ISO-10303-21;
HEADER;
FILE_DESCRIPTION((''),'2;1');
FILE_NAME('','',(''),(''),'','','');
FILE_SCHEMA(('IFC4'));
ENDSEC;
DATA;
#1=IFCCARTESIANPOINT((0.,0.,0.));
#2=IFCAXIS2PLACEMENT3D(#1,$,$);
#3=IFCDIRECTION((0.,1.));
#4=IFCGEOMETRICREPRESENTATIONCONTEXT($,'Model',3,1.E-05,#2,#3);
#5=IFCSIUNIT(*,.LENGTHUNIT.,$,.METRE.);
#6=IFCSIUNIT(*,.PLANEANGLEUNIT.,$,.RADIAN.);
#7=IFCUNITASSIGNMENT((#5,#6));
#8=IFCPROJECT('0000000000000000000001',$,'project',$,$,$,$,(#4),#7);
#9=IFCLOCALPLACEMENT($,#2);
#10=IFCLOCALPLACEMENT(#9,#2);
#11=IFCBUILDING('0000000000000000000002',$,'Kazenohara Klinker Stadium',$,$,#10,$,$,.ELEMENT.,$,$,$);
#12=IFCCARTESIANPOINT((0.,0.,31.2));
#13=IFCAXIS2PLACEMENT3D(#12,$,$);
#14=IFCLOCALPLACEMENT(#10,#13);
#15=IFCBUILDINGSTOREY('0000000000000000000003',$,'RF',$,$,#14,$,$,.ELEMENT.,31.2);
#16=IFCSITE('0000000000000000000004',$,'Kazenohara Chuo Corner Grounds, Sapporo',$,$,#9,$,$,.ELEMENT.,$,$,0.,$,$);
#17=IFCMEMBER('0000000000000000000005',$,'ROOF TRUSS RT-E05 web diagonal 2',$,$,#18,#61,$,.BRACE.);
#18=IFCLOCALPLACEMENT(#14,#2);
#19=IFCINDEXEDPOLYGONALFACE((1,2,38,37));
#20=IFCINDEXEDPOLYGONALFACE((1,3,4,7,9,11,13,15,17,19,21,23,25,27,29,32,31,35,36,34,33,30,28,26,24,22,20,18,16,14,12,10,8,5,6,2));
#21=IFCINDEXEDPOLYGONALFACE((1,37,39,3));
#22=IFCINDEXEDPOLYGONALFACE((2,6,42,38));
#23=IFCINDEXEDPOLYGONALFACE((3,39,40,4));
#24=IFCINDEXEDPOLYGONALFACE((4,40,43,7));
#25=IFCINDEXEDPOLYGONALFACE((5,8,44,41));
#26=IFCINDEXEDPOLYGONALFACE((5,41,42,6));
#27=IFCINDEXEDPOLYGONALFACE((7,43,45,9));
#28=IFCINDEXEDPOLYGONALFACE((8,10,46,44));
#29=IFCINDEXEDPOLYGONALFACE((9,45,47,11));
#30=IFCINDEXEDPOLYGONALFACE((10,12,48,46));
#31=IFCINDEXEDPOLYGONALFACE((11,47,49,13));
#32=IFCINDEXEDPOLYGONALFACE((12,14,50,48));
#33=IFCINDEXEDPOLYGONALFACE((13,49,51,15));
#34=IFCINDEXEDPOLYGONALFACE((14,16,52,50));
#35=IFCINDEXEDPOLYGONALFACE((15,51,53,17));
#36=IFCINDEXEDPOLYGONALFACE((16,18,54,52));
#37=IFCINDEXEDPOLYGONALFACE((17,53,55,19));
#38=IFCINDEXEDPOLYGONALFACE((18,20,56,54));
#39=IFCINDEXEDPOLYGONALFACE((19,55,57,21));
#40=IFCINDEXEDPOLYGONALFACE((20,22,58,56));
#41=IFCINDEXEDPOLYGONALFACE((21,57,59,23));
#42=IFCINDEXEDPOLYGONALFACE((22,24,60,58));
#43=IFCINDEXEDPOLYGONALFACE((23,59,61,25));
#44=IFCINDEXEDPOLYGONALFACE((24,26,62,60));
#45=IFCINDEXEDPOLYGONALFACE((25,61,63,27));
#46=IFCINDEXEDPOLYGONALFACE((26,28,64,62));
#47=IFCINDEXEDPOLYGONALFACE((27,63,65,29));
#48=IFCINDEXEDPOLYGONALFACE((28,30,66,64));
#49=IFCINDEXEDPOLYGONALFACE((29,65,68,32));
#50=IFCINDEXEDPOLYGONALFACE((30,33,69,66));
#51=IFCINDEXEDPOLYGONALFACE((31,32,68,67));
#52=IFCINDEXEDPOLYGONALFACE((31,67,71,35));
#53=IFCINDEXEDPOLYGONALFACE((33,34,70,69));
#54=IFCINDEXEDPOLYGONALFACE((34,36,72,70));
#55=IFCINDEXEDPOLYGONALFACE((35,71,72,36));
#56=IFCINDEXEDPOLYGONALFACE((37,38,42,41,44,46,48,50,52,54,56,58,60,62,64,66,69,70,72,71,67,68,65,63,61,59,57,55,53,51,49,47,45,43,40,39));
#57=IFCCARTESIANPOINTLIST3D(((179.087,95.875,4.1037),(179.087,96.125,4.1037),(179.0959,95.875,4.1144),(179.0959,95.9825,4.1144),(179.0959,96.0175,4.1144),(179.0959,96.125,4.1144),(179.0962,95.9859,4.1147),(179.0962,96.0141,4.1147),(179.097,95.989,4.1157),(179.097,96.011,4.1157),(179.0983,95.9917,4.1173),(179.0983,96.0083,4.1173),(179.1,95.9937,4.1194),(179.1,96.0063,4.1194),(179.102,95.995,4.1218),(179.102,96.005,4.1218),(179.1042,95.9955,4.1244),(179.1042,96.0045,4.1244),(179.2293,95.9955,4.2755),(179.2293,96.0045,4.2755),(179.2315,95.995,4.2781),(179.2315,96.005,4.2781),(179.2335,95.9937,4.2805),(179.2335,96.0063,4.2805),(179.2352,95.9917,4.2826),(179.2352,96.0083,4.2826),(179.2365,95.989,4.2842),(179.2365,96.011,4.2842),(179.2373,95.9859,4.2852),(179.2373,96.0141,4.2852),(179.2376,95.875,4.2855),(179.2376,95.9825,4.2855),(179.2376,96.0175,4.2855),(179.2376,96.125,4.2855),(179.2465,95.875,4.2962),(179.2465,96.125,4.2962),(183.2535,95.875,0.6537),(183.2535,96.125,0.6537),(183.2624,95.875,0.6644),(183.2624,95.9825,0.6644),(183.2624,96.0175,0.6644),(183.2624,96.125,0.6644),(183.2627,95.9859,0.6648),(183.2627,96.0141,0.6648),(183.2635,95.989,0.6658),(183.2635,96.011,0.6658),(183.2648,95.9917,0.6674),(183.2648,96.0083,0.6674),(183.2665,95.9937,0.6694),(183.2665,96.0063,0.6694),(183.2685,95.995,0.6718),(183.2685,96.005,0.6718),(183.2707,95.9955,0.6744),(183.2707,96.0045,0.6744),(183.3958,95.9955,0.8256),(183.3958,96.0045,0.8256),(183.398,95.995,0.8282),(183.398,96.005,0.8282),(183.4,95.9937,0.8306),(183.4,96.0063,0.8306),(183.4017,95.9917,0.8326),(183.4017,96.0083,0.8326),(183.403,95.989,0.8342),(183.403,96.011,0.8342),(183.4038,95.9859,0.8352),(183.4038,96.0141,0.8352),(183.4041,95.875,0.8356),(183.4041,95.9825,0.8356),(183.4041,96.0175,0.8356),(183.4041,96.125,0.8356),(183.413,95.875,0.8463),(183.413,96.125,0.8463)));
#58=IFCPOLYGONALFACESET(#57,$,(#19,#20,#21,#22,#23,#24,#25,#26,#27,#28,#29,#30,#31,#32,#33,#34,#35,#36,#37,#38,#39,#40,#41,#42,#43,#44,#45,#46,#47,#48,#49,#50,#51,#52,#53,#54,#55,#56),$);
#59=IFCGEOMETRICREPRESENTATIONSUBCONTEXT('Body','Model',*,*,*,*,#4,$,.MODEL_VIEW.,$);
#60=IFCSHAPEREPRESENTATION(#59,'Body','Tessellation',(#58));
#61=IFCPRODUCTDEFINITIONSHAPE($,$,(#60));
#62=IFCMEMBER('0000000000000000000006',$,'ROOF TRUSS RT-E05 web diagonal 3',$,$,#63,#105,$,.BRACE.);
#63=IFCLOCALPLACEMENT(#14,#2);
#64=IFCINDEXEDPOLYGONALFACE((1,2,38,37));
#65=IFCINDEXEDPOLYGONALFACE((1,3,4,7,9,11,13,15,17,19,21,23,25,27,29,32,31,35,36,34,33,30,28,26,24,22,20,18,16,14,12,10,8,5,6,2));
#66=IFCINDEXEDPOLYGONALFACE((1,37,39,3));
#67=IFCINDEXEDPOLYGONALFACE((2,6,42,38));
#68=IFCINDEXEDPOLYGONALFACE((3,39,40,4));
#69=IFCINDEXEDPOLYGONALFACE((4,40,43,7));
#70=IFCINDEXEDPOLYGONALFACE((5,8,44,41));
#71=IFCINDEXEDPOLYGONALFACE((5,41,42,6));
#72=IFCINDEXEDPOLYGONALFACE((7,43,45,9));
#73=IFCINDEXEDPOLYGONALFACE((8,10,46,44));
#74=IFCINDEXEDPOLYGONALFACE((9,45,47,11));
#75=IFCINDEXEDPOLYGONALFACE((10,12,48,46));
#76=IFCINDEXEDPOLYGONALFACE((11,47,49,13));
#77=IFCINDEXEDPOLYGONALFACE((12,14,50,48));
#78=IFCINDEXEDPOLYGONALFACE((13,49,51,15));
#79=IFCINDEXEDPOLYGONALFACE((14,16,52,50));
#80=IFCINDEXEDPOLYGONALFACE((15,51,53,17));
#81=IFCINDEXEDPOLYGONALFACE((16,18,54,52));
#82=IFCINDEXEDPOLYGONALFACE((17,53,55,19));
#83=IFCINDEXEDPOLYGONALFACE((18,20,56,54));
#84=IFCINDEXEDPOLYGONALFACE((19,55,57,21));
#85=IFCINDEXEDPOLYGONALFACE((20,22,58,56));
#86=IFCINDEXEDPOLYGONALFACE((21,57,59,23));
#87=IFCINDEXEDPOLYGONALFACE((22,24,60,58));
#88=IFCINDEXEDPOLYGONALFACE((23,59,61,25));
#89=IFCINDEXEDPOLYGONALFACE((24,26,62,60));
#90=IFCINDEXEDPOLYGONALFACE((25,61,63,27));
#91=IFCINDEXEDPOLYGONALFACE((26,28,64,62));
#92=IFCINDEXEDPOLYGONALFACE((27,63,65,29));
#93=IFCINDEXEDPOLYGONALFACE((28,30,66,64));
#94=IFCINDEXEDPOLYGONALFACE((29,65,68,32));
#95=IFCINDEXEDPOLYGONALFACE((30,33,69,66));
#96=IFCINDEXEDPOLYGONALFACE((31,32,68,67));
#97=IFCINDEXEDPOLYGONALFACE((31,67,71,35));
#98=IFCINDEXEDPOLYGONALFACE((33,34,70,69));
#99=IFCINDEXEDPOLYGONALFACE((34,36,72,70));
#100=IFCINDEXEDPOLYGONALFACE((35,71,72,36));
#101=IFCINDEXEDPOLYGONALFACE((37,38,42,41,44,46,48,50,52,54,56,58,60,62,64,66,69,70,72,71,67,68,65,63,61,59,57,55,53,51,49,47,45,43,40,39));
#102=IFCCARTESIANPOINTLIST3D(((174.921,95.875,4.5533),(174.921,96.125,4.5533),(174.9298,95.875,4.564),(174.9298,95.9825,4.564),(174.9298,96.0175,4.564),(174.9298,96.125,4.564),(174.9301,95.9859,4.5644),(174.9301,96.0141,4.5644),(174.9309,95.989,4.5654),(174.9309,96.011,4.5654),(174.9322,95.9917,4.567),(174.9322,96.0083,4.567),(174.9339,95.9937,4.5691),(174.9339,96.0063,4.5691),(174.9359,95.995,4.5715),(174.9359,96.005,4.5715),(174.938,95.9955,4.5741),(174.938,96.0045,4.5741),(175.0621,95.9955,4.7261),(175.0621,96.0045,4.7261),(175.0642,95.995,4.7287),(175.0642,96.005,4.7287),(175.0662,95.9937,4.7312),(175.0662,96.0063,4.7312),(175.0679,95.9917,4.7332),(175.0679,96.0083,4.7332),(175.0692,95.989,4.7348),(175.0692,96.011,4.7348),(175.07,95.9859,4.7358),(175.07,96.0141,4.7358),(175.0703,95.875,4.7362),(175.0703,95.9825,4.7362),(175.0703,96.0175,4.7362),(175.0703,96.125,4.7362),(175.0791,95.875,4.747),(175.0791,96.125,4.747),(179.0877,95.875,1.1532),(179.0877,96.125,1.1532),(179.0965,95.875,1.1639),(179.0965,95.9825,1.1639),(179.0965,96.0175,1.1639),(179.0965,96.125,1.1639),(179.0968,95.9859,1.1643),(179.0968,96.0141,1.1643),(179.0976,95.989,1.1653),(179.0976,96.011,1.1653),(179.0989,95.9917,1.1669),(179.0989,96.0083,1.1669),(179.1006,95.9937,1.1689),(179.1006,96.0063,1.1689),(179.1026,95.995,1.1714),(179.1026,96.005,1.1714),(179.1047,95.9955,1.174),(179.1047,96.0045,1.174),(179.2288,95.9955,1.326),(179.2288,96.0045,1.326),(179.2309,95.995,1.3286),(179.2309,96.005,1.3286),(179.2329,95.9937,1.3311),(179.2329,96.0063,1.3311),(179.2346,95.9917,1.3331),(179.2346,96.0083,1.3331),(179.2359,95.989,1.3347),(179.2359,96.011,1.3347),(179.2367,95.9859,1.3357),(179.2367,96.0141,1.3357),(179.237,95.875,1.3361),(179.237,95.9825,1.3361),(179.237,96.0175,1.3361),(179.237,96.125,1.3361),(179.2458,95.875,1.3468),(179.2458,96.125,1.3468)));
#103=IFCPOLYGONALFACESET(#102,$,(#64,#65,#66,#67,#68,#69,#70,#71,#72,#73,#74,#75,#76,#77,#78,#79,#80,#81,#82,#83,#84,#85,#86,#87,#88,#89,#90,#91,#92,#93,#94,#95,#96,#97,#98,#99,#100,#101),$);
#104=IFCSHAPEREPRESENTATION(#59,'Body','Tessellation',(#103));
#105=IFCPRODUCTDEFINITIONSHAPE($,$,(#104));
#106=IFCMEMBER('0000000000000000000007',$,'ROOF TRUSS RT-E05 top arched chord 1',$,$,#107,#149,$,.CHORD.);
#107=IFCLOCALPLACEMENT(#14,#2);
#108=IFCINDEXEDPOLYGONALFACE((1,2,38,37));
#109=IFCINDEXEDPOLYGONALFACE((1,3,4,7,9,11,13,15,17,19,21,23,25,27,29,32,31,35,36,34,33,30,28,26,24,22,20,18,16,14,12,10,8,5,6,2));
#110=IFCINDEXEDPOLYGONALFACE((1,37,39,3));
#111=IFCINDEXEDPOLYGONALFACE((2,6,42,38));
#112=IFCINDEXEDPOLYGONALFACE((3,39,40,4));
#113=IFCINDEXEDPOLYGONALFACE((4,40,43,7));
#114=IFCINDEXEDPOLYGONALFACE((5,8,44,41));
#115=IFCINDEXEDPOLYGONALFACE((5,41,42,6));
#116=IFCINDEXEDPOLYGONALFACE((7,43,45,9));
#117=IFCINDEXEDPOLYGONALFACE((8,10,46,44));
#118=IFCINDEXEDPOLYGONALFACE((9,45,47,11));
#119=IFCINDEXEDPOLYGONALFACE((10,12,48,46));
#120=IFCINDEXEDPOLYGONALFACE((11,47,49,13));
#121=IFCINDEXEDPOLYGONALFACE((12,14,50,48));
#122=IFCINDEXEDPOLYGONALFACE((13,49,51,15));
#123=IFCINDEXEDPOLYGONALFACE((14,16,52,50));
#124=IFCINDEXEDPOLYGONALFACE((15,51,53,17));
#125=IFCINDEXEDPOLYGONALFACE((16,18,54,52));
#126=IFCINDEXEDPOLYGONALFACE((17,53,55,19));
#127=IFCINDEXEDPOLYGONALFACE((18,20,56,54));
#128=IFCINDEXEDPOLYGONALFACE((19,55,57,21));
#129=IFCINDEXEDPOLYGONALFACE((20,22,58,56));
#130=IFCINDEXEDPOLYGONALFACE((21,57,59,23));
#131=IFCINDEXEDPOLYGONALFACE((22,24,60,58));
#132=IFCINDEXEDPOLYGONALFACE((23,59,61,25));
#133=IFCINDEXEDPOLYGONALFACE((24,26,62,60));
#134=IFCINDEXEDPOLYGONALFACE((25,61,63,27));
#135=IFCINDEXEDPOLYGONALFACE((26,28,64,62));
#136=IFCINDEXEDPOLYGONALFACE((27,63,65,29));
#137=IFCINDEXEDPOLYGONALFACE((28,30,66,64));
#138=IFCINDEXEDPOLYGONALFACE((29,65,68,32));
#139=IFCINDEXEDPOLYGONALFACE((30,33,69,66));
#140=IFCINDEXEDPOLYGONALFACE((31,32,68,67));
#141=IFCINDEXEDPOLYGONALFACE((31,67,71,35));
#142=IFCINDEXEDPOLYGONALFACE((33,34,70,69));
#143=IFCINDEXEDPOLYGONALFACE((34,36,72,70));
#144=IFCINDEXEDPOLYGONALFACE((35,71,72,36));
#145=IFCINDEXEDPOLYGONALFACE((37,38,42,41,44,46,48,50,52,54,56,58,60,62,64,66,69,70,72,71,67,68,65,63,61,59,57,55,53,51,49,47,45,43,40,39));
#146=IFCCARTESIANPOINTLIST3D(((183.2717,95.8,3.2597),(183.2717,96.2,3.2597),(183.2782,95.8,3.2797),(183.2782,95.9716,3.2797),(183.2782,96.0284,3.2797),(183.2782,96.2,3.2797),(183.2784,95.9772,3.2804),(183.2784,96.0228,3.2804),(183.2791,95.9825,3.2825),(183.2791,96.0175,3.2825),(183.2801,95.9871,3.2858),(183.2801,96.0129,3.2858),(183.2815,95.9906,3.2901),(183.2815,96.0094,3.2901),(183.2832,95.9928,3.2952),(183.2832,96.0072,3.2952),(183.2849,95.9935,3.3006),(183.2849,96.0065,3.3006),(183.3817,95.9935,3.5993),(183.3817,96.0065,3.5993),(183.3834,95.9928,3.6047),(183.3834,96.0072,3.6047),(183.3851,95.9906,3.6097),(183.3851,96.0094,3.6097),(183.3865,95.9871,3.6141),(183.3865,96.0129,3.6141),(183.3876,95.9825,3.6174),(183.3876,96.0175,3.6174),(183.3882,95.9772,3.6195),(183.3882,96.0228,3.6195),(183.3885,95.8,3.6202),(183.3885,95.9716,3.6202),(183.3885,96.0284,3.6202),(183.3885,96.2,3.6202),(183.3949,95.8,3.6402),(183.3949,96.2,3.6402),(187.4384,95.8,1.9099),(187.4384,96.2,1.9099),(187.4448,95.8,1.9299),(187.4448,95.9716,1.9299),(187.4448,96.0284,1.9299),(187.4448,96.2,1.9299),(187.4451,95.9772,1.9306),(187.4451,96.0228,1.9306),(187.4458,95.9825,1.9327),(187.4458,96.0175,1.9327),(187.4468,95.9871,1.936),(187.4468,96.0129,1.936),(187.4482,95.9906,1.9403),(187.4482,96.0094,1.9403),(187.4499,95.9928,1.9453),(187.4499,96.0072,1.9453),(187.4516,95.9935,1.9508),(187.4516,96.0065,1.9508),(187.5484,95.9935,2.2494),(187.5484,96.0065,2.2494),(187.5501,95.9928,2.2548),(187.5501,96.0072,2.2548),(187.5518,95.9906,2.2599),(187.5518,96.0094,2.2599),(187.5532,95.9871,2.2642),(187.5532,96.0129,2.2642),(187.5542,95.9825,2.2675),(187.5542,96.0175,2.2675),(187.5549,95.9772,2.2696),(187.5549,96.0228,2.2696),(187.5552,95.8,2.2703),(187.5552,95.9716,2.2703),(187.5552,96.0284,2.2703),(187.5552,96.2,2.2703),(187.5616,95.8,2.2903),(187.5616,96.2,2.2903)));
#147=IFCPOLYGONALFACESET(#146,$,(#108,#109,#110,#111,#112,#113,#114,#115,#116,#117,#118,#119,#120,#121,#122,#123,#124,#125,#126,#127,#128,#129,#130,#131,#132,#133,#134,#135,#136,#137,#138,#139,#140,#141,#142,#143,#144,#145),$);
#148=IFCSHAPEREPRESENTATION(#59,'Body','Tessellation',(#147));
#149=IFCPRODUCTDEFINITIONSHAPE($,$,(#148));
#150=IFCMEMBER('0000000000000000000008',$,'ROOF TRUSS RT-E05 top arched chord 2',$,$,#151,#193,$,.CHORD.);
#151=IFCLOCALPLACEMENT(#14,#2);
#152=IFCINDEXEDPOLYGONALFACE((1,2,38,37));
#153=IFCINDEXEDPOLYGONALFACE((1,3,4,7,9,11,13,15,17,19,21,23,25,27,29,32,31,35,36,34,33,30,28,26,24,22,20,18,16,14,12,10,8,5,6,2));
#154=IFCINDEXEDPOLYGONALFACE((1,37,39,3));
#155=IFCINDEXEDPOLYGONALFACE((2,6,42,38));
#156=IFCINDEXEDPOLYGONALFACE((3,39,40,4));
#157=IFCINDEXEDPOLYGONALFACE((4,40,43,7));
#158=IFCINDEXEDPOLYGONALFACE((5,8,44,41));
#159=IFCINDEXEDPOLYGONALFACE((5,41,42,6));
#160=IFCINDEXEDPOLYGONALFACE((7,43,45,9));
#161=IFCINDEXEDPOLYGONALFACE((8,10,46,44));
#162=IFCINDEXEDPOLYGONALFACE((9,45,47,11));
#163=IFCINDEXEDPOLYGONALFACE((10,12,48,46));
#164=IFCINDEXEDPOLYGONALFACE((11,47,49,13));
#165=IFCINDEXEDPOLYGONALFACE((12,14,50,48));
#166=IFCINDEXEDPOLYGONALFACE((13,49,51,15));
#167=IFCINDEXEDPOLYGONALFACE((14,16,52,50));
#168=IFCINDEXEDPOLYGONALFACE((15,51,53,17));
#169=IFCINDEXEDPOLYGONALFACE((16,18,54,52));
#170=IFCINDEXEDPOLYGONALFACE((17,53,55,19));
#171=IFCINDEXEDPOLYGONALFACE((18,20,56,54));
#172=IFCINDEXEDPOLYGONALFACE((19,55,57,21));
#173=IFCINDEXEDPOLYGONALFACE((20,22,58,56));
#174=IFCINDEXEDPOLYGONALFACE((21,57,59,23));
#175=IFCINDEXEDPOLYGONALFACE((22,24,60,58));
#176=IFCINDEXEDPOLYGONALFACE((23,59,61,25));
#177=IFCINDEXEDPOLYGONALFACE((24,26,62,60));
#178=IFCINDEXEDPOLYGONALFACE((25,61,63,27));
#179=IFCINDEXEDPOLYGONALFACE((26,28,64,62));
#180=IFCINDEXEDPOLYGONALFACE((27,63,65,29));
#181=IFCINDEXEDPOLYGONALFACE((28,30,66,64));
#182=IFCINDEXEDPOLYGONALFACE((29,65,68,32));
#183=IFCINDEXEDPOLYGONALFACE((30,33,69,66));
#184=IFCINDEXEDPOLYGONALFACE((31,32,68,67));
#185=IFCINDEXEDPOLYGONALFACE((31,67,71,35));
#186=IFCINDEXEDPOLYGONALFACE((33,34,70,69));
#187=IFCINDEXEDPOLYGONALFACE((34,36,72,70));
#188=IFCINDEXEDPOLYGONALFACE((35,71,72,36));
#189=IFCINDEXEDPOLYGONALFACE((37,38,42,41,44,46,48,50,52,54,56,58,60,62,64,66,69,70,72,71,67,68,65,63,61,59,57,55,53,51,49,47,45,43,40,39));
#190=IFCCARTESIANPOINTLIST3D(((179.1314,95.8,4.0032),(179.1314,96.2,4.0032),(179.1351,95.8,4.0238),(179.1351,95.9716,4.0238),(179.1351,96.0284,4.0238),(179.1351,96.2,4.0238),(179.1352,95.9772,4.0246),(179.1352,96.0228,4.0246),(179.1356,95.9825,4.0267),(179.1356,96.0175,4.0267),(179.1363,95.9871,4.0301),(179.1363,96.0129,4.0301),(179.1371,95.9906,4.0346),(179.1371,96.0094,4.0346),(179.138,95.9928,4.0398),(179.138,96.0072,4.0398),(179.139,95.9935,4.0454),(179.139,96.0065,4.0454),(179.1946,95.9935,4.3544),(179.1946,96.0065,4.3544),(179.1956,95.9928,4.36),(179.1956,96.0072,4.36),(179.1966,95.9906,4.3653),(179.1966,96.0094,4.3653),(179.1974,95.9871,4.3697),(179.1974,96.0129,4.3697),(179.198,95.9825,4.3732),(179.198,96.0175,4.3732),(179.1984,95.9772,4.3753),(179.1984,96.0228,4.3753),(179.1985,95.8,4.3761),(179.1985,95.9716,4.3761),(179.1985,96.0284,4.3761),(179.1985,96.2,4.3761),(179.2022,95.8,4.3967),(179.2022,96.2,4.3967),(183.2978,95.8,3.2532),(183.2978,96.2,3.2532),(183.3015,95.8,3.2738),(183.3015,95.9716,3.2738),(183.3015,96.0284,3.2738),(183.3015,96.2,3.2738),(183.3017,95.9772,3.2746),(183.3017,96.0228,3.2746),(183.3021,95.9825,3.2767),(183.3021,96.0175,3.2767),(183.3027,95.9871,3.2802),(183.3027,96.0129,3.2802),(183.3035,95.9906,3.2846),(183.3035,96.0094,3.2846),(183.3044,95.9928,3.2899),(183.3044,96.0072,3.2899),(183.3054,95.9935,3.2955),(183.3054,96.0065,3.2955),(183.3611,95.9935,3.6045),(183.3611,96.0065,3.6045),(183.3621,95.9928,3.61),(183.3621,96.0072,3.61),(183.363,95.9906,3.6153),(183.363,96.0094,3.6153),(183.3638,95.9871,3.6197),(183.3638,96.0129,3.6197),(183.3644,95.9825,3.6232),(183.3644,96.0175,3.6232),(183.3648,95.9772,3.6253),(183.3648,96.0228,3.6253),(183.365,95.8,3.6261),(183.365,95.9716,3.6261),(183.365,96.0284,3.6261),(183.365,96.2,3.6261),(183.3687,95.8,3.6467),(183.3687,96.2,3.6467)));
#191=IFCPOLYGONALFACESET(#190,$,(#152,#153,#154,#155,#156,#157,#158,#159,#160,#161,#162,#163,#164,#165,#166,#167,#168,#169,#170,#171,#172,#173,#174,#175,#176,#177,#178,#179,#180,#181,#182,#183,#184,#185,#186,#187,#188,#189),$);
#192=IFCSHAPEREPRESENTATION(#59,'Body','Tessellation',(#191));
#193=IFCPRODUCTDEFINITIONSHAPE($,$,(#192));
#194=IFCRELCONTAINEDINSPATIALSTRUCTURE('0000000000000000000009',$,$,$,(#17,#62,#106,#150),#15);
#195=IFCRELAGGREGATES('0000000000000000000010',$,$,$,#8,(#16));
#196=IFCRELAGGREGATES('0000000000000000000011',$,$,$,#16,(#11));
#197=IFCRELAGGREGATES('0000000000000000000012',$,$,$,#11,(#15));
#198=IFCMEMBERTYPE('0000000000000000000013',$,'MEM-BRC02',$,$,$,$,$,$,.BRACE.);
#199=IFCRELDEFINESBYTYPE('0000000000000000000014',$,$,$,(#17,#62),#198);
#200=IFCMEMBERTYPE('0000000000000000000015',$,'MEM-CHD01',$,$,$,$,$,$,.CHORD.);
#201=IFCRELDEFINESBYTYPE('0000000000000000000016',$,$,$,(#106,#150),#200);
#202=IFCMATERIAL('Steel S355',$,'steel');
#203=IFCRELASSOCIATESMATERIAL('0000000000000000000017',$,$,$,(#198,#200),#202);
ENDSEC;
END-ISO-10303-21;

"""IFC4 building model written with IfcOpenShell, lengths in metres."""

from ifc_helpers import new_model, si_unit, direction, frame, origin, origin_2d, place, context, subcontext, project, spatial, i_section, extrude, material, material_profile, profile_set, type_object, element, save


model = new_model("IFC4")

# Units and contexts
model_context = context("Model", 3, precision=1e-05, world=origin(), true_north=direction((0.0, 1.0)))
body_context = subcontext(model_context, "Body", "Model", "MODEL_VIEW")
ifc_project = project(units=[si_unit("LENGTHUNIT", "METRE"), si_unit("PLANEANGLEUNIT", "RADIAN")], contexts=[model_context])

# Site, building, storey
site_placement = place(None, origin())
site = spatial("IfcSite", under=ifc_project, at=site_placement, Name="Kazenohara Chuo Corner Grounds, Sapporo", CompositionType="ELEMENT", RefElevation=0.0)
building_placement = place(site_placement, origin())
building = spatial("IfcBuilding", under=site, at=building_placement, Name="Kazenohara Klinker Stadium", CompositionType="ELEMENT")
storey_placement = place(building_placement, frame((0.0, 0.0, 31.2)))
storey = spatial("IfcBuildingStorey", under=building, at=storey_placement, Name="RF", CompositionType="ELEMENT", Elevation=31.2)

# Members
ifc_material_1 = material(Name="Steel S355", Category="steel")
ifc_material_profile_1 = material_profile(ifc_material_1, i_section(OverallWidth=0.25, OverallDepth=0.25, WebThickness=0.009, FlangeThickness=0.0139, FilletRadius=0.0129, at=origin_2d()), Name="H-250x250x9x14")
ifc_profile_set_1 = profile_set([ifc_material_profile_1], Name="Steel S355")
member_type_1 = type_object("IfcMemberType", Name="MEM-BRC02", PredefinedType="BRACE", material=ifc_profile_set_1)
member_1_placement = place(storey_placement, frame((183.3333, 96.0, 0.75), z_axis=(-0.77023, 0.0, 0.637766), x_axis=(0.0, -1.0, 0.0)))
element("IfcMember", 1, at=member_1_placement, inside=storey, type_object=member_type_1, Name="ROOF TRUSS RT-E05 web diagonal 2", PredefinedType="BRACE", context=body_context, shape_type="SweptSolid", body=[
    extrude(i_section(OverallWidth=0.25, OverallDepth=0.25, WebThickness=0.009, FlangeThickness=0.0139, FilletRadius=0.0129, at=origin_2d()), origin(), (0.0, 0.0, 1.0), 5.4094),
])
member_2_placement = place(storey_placement, frame((179.1667, 96.0, 1.25), z_axis=(-0.774778, 0.0, 0.632234), x_axis=(0.0, -1.0, 0.0)))
element("IfcMember", 2, at=member_2_placement, inside=storey, type_object=member_type_1, Name="ROOF TRUSS RT-E05 web diagonal 3", PredefinedType="BRACE", context=body_context, shape_type="SweptSolid", body=[
    extrude(i_section(OverallWidth=0.25, OverallDepth=0.25, WebThickness=0.009, FlangeThickness=0.0139, FilletRadius=0.0129, at=origin_2d()), origin(), (0.0, 0.0, 1.0), 5.3779),
])
ifc_material_profile_2 = material_profile(ifc_material_1, i_section(OverallWidth=0.3999, OverallDepth=0.3999, WebThickness=0.0129, FlangeThickness=0.021, FilletRadius=0.022, at=origin_2d()), Name="H-400x400x13x21")
ifc_profile_set_2 = profile_set([ifc_material_profile_2], Name="Steel S355")
member_type_2 = type_object("IfcMemberType", Name="MEM-CHD01", PredefinedType="CHORD", material=ifc_profile_set_2)
member_3_placement = place(storey_placement, frame((187.5, 96.0, 2.1001), z_axis=(-0.951325, 0.0, 0.30819), x_axis=(0.0, -1.0, 0.0)))
element("IfcMember", 3, at=member_3_placement, inside=storey, type_object=member_type_2, Name="ROOF TRUSS RT-E05 top arched chord 1", PredefinedType="CHORD", context=body_context, shape_type="SweptSolid", body=[
    extrude(i_section(OverallWidth=0.3999, OverallDepth=0.3999, WebThickness=0.0129, FlangeThickness=0.021, FilletRadius=0.022, at=origin_2d()), origin(), (0.0, 0.0, 1.0), 4.3799),
])
member_4_placement = place(storey_placement, frame((183.3333, 96.0, 3.45), z_axis=(-0.984182, 0.0, 0.17716), x_axis=(0.0, -1.0, 0.0)))
element("IfcMember", 4, at=member_4_placement, inside=storey, type_object=member_type_2, Name="ROOF TRUSS RT-E05 top arched chord 2", PredefinedType="CHORD", context=body_context, shape_type="SweptSolid", body=[
    extrude(i_section(OverallWidth=0.3999, OverallDepth=0.3999, WebThickness=0.0129, FlangeThickness=0.021, FilletRadius=0.022, at=origin_2d()), origin(), (0.0, 0.0, 1.0), 4.2334),
])

save(model, "model.ifc")
